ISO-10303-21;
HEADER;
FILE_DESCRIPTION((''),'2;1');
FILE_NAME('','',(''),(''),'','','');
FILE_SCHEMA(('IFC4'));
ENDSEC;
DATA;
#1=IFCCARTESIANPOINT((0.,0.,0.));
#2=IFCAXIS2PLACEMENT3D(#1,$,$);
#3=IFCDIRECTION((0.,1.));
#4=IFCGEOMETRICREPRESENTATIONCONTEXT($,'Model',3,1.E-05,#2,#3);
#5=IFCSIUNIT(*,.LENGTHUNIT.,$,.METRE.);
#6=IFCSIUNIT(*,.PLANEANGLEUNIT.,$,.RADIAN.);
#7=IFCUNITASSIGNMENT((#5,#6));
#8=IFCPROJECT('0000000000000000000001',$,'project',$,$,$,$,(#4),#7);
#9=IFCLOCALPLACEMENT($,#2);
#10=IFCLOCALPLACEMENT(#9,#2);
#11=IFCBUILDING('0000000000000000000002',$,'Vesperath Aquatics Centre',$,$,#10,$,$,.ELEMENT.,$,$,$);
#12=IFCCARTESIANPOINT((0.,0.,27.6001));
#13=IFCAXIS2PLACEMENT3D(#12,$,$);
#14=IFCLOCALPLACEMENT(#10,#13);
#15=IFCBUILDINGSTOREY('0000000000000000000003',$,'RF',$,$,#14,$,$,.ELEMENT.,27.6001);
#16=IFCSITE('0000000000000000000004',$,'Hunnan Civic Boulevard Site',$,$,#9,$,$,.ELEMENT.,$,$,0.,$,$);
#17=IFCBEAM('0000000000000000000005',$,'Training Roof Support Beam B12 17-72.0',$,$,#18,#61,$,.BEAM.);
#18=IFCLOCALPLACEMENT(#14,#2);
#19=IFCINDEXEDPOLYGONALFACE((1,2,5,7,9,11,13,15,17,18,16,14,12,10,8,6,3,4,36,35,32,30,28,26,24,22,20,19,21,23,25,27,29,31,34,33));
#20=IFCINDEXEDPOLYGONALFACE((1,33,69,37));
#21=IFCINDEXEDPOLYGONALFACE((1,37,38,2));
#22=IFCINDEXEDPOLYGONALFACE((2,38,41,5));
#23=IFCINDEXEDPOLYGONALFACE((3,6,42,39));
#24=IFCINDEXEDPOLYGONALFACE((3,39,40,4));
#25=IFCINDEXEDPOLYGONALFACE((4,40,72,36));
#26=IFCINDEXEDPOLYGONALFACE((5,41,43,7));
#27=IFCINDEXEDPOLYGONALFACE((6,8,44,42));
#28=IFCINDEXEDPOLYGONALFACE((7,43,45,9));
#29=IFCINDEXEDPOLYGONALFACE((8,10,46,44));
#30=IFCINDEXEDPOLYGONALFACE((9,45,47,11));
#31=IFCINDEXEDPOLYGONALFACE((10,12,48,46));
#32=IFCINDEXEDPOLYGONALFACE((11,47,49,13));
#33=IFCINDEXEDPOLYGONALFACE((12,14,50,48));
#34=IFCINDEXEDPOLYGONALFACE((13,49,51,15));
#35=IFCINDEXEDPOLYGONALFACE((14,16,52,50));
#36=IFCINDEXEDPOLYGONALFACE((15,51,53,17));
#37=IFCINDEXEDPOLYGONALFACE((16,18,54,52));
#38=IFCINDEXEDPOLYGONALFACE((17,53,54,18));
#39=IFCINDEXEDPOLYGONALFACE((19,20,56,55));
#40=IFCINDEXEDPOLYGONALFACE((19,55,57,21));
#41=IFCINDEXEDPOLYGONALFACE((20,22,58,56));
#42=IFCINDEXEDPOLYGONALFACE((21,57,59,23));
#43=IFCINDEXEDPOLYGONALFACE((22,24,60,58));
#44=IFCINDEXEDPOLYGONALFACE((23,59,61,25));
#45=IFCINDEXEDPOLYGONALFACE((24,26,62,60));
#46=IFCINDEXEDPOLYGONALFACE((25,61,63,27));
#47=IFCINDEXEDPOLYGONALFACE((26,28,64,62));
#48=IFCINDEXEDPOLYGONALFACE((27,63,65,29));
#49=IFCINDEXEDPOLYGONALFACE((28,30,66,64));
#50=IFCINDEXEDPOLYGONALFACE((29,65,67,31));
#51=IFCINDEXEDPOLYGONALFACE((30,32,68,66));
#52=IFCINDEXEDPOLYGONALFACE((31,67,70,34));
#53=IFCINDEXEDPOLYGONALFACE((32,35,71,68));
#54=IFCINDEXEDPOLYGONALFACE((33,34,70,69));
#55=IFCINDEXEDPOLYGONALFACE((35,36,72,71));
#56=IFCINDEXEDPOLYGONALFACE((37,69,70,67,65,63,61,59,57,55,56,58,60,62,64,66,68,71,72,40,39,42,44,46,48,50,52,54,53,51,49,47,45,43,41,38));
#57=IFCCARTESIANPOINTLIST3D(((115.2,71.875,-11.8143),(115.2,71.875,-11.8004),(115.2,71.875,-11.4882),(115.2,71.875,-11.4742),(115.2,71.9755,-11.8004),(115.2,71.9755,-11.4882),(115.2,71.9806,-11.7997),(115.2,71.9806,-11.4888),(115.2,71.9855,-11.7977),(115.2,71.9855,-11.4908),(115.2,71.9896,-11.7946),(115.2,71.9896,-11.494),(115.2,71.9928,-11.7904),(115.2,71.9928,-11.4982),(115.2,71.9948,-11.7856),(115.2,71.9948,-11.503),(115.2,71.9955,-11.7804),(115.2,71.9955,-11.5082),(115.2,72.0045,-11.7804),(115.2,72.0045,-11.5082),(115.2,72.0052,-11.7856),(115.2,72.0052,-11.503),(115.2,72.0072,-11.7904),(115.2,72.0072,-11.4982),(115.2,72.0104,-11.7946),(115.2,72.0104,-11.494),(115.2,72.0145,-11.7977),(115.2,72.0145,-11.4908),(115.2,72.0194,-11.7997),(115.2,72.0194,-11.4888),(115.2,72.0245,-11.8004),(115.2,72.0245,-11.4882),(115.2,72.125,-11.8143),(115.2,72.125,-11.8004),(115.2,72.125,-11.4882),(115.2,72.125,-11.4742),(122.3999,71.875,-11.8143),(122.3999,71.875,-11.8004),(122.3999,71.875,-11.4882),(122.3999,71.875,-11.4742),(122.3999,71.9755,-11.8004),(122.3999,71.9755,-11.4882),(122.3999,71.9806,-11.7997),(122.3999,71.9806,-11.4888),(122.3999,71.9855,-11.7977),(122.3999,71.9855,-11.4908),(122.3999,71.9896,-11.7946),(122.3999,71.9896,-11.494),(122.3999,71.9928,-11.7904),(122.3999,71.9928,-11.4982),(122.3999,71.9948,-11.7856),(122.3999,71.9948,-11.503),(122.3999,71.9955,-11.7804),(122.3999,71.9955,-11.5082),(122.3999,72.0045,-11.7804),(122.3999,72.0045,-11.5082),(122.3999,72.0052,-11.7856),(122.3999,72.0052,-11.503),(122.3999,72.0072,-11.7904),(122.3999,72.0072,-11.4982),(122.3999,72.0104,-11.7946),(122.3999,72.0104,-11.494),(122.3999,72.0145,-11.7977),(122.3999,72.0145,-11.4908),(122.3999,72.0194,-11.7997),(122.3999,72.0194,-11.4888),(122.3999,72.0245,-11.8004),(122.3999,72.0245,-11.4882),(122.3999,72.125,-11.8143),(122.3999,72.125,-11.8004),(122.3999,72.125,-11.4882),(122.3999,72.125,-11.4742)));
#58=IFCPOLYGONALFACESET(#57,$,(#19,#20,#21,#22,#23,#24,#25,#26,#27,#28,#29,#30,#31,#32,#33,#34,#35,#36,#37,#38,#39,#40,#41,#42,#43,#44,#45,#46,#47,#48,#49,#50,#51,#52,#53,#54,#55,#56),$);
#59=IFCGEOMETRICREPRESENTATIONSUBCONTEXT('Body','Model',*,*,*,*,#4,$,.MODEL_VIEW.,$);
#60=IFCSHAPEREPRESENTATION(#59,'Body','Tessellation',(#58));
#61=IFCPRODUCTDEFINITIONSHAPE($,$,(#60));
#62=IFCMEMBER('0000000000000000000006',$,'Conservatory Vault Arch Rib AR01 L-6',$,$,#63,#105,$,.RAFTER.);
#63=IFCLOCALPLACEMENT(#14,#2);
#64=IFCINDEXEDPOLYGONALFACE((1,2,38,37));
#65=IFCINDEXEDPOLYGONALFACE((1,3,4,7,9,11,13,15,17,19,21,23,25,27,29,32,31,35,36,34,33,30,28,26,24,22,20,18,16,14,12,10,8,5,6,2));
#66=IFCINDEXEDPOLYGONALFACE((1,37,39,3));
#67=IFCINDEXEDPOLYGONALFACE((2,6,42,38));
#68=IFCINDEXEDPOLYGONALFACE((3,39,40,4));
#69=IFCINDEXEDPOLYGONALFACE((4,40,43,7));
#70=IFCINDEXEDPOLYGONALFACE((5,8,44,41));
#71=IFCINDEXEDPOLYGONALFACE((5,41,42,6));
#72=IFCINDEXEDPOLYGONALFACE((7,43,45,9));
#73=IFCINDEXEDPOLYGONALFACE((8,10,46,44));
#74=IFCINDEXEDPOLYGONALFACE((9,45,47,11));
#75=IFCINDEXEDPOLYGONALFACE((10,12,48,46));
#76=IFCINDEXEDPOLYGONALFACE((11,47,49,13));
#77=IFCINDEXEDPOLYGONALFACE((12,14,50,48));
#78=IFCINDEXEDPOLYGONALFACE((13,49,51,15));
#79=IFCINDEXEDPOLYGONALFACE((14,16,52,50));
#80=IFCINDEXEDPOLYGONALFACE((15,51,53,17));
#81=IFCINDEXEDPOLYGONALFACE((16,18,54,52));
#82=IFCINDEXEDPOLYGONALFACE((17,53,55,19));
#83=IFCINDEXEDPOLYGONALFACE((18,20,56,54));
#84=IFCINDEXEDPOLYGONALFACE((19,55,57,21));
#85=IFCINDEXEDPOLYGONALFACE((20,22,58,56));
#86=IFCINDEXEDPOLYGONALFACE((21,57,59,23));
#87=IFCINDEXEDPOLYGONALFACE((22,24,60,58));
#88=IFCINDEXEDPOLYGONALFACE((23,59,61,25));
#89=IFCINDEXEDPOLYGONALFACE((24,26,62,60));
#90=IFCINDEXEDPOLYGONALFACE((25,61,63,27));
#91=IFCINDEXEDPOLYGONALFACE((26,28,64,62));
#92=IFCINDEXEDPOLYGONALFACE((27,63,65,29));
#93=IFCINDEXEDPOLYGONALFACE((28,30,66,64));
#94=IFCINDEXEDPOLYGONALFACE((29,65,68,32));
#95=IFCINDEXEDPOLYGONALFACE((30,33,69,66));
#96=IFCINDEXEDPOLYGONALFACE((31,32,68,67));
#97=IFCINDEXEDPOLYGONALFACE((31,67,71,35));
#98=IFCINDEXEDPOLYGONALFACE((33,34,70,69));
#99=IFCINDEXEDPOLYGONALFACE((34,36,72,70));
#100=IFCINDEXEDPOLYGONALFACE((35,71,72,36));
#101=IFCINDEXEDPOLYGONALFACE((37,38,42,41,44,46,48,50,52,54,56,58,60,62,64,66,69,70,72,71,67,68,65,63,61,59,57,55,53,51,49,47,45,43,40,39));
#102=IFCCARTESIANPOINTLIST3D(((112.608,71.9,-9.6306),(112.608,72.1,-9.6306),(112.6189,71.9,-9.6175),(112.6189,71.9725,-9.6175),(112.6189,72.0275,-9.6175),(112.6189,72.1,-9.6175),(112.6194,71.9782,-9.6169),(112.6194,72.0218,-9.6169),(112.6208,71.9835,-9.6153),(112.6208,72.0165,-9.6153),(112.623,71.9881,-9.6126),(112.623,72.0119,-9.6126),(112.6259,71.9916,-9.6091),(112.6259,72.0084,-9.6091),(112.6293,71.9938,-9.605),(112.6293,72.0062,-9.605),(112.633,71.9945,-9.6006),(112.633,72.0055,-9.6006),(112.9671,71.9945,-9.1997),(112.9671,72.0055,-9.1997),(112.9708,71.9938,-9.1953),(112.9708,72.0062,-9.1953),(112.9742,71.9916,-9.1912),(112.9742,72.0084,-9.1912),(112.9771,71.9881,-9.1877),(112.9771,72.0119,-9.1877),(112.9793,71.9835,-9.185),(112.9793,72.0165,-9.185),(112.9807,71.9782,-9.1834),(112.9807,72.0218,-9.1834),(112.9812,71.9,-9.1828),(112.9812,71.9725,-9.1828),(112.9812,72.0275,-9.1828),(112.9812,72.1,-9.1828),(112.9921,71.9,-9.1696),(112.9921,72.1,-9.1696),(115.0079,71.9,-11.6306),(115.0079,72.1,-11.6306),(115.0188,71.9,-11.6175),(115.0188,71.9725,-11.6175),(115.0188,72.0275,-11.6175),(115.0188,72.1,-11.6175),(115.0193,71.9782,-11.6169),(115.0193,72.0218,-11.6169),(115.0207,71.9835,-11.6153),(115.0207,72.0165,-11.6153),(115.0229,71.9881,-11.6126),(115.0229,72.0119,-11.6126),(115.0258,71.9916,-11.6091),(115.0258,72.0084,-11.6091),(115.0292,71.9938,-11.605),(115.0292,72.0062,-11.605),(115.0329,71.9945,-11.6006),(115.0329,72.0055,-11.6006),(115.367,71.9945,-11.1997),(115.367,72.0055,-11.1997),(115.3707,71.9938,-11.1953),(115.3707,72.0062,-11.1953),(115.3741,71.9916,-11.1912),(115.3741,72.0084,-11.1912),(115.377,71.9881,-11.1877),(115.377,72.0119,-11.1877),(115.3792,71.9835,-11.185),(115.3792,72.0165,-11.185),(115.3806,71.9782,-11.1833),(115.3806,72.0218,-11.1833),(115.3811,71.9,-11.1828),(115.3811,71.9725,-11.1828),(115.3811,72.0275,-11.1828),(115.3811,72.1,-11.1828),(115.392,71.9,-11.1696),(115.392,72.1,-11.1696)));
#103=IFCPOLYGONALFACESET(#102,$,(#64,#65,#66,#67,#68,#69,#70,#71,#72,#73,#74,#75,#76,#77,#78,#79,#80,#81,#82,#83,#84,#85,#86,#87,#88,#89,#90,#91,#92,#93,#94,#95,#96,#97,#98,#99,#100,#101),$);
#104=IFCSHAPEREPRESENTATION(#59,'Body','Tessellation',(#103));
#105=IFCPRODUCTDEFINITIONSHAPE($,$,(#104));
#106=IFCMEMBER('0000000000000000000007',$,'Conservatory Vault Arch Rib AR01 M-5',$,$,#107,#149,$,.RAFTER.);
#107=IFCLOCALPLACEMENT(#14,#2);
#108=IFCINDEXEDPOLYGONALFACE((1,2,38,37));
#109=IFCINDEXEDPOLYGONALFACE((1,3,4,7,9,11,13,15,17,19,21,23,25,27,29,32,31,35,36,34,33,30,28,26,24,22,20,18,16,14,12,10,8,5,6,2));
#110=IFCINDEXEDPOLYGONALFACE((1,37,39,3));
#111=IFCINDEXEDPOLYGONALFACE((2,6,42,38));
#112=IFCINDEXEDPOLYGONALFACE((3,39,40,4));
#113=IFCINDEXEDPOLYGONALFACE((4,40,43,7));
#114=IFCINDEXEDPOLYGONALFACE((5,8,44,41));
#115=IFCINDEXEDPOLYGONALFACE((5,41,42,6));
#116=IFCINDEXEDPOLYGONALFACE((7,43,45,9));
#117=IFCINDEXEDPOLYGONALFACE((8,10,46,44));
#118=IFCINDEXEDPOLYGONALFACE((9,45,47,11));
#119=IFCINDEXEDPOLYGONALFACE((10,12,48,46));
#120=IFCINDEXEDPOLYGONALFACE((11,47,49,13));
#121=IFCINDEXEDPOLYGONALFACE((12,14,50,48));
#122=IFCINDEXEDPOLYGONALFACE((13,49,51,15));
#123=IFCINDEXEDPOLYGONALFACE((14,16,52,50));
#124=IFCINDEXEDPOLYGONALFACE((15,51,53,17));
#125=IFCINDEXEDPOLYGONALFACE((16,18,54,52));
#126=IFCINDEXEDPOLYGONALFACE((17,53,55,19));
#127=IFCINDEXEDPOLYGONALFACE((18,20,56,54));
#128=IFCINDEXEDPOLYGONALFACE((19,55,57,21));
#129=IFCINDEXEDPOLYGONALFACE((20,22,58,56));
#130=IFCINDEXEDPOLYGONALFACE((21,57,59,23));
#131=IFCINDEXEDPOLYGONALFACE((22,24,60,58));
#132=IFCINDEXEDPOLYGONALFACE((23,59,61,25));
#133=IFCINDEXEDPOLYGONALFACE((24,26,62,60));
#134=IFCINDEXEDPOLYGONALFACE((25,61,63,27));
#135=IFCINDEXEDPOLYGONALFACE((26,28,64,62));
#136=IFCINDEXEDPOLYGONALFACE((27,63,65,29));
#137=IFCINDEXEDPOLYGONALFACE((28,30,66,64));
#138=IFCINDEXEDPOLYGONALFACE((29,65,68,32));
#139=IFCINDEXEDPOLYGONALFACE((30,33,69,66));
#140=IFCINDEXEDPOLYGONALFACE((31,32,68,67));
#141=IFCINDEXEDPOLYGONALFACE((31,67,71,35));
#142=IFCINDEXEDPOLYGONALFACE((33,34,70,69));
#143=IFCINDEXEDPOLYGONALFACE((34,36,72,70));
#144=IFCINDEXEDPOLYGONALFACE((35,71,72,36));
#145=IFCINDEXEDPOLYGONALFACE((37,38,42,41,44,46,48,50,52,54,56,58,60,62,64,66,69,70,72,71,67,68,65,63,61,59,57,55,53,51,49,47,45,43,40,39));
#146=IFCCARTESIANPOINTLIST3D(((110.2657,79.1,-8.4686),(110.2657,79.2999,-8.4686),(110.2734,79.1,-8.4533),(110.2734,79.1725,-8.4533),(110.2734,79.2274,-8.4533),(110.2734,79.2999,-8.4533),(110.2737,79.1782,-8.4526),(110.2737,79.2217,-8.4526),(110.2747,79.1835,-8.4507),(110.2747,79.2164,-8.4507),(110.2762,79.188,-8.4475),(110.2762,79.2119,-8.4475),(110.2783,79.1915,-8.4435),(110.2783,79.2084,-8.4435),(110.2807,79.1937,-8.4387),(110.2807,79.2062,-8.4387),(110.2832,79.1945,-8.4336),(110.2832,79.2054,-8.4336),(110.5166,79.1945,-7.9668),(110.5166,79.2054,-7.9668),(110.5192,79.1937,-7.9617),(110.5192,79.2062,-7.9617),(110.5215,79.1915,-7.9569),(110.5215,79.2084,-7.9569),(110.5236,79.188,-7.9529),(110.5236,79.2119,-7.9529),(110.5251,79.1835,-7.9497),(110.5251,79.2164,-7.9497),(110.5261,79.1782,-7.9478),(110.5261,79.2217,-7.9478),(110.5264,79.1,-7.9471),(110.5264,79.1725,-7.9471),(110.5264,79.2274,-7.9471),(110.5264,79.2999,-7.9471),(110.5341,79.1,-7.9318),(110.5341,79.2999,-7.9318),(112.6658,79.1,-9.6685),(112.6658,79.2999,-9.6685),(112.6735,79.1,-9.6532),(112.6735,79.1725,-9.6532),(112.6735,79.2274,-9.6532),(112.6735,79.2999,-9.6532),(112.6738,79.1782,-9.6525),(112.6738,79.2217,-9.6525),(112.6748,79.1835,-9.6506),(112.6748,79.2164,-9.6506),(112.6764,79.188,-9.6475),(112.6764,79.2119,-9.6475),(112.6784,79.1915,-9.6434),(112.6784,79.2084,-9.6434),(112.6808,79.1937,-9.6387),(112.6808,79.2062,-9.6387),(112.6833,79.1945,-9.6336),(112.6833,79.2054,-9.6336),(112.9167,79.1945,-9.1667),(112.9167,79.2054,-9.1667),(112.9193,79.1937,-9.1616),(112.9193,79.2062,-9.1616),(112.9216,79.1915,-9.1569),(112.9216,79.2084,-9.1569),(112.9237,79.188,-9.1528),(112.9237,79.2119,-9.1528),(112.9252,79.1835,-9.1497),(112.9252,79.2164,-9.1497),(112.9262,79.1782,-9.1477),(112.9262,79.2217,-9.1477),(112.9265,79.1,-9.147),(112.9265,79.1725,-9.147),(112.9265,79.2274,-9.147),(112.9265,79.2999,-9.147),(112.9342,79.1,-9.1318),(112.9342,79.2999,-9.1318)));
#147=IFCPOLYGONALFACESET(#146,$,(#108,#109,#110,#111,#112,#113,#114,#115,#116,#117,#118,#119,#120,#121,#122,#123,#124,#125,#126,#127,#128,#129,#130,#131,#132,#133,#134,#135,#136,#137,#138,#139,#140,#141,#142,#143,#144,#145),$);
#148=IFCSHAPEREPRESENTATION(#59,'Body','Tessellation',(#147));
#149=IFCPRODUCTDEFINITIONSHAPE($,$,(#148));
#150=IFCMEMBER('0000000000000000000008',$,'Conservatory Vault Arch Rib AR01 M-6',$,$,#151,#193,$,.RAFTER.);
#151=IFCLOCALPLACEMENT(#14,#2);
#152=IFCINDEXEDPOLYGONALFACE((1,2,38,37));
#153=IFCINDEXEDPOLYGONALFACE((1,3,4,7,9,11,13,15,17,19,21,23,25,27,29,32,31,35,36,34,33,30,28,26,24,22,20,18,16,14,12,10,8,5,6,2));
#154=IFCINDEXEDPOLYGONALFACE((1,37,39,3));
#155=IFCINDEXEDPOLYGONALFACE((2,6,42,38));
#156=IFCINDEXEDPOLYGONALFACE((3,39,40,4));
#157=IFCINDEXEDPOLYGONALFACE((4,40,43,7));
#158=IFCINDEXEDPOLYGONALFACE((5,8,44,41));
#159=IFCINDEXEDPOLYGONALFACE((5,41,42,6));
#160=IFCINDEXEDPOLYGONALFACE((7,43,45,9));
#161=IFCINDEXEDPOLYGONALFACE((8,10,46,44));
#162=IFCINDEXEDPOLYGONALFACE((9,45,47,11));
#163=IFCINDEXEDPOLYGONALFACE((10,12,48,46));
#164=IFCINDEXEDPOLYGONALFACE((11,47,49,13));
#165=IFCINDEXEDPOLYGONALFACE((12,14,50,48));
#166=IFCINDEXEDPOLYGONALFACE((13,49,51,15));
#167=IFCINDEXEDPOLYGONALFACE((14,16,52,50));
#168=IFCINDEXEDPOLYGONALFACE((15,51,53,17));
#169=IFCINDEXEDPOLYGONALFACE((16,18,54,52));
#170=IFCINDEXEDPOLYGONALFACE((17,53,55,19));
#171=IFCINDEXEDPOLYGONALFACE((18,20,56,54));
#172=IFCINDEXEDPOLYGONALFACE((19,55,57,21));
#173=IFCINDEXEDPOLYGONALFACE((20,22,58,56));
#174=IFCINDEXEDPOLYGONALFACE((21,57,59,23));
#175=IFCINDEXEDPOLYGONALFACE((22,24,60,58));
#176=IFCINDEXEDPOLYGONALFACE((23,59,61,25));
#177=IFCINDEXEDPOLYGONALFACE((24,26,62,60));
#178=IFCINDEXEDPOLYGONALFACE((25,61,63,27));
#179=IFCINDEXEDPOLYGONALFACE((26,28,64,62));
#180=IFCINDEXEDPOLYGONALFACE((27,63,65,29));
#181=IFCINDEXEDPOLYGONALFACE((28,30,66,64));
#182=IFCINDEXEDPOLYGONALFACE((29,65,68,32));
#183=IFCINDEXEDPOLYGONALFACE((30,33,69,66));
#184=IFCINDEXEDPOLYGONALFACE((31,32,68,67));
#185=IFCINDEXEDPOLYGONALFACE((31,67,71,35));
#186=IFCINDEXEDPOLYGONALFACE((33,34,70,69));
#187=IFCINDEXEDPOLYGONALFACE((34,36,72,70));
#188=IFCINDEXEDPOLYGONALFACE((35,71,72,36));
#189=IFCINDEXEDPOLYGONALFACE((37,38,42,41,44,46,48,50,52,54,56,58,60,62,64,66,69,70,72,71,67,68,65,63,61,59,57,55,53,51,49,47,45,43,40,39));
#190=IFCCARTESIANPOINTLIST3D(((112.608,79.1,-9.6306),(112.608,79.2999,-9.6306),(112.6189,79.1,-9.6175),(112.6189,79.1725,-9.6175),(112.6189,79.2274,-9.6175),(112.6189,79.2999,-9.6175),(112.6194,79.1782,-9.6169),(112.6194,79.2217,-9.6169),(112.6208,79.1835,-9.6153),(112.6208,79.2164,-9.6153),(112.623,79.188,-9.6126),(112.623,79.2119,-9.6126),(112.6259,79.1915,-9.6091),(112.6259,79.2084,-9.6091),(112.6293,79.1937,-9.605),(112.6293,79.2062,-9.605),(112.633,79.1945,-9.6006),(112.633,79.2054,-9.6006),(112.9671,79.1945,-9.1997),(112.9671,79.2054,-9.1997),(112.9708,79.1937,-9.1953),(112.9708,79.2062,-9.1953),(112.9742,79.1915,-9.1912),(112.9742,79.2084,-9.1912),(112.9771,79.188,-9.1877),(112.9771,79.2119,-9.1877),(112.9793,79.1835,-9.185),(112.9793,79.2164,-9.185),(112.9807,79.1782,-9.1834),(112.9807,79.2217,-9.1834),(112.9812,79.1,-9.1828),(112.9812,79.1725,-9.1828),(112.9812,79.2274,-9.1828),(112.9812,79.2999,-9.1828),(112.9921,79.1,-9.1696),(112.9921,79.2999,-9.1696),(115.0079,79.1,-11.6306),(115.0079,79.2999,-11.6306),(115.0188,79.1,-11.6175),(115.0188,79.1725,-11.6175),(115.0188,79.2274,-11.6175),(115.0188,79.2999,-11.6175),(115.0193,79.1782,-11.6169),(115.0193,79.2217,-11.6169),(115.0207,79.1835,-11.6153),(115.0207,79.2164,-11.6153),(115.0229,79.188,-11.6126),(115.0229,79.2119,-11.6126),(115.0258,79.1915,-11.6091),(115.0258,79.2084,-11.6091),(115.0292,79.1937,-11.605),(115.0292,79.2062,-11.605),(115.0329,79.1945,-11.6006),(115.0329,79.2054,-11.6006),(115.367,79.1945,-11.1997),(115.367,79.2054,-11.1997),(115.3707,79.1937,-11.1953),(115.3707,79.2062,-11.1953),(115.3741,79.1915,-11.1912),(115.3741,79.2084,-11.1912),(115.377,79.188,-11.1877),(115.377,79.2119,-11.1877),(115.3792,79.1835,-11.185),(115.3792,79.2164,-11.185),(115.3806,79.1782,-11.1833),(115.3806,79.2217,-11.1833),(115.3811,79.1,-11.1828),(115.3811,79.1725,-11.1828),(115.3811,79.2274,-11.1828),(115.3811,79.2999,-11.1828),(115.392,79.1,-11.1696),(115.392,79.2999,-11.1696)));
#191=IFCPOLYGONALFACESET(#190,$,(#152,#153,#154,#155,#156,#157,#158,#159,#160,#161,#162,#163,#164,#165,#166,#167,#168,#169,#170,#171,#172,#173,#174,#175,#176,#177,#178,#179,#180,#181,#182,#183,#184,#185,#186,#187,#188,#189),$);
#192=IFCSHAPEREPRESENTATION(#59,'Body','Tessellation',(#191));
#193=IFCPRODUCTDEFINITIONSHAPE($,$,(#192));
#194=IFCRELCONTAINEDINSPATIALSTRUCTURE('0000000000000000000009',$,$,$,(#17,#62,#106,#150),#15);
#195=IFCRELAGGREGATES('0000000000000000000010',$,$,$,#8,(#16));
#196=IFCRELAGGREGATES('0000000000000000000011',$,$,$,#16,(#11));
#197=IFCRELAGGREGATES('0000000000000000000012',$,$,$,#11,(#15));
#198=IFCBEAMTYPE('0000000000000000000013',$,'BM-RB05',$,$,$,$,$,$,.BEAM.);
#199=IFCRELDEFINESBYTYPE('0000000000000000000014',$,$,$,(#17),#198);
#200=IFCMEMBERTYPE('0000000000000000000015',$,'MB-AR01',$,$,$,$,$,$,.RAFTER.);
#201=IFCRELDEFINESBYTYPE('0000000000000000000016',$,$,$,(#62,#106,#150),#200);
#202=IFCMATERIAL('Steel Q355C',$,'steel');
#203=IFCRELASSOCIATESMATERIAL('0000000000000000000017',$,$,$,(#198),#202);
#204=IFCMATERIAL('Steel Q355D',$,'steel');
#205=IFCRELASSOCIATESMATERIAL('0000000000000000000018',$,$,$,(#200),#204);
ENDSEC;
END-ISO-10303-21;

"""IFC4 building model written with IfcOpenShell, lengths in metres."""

from ifc_helpers import new_model, si_unit, direction, frame, origin, origin_2d, place, context, subcontext, project, spatial, i_section, extrude, material, material_profile, profile_set, type_object, element, save


model = new_model("IFC4")

# Units and contexts
model_context = context("Model", 3, precision=1e-05, world=origin(), true_north=direction((0.0, 1.0)))
body_context = subcontext(model_context, "Body", "Model", "MODEL_VIEW")
ifc_project = project(units=[si_unit("LENGTHUNIT", "METRE"), si_unit("PLANEANGLEUNIT", "RADIAN")], contexts=[model_context])

# Site, building, storey
site_placement = place(None, origin())
site = spatial("IfcSite", under=ifc_project, at=site_placement, Name="Hunnan Civic Boulevard Site", CompositionType="ELEMENT", RefElevation=0.0)
building_placement = place(site_placement, origin())
building = spatial("IfcBuilding", under=site, at=building_placement, Name="Vesperath Aquatics Centre", CompositionType="ELEMENT")
storey_placement = place(building_placement, frame((0.0, 0.0, 27.6001)))
storey = spatial("IfcBuildingStorey", under=building, at=storey_placement, Name="RF", CompositionType="ELEMENT", Elevation=27.6001)

# Beam
ifc_material_1 = material(Name="Steel Q355C", Category="steel")
ifc_material_profile_1 = material_profile(ifc_material_1, i_section(OverallWidth=0.25, OverallDepth=0.3401, WebThickness=0.009, FlangeThickness=0.0139, FilletRadius=0.02, at=origin_2d()), Name="HM 340x250x9x14")
ifc_profile_set_1 = profile_set([ifc_material_profile_1], Name="Steel Q355C")
beam_type = type_object("IfcBeamType", Name="BM-RB05", PredefinedType="BEAM", material=ifc_profile_set_1)
beam_placement = place(storey_placement, frame((115.2, 72.0, -11.6443), z_axis=(1.0, 0.0, 0.0), x_axis=(0.0, 1.0, 0.0)))
element("IfcBeam", 1, at=beam_placement, inside=storey, type_object=beam_type, Name="Training Roof Support Beam B12 17-72.0", PredefinedType="BEAM", context=body_context, shape_type="SweptSolid", body=[
    extrude(i_section(OverallWidth=0.25, OverallDepth=0.3401, WebThickness=0.009, FlangeThickness=0.0139, FilletRadius=0.02, at=origin_2d()), origin(), (0.0, 0.0, 1.0), 7.2),
])

# Members
ifc_material_2 = material(Name="Steel Q355D", Category="steel")
ifc_material_profile_2 = material_profile(ifc_material_2, i_section(OverallWidth=0.2, OverallDepth=0.6001, WebThickness=0.011, FlangeThickness=0.0171, FilletRadius=0.022, at=origin_2d()), Name="HN 600x200x11x17")
ifc_profile_set_2 = profile_set([ifc_material_profile_2], Name="Steel Q355D")
member_type_1 = type_object("IfcMemberType", Name="MB-AR01", PredefinedType="RAFTER", material=ifc_profile_set_2)
member_1_placement = place(storey_placement, frame((112.8, 72.0, -9.4001), z_axis=(0.768208, 0.0, -0.6402), x_axis=(0.0, 1.0, 0.0)))
element("IfcMember", 2, at=member_1_placement, inside=storey, type_object=member_type_1, Name="Conservatory Vault Arch Rib AR01 L-6", PredefinedType="RAFTER", context=body_context, shape_type="SweptSolid", body=[
    extrude(i_section(OverallWidth=0.2, OverallDepth=0.6001, WebThickness=0.011, FlangeThickness=0.0171, FilletRadius=0.022, at=origin_2d()), origin(), (0.0, 0.0, 1.0), 3.124),
])
member_2_placement = place(storey_placement, frame((110.3999, 79.2, -8.2002), z_axis=(0.894445, 0.0, -0.447177), x_axis=(0.0, 1.0, 0.0)))
element("IfcMember", 3, at=member_2_placement, inside=storey, type_object=member_type_1, Name="Conservatory Vault Arch Rib AR01 M-5", PredefinedType="RAFTER", context=body_context, shape_type="SweptSolid", body=[
    extrude(i_section(OverallWidth=0.2, OverallDepth=0.6001, WebThickness=0.011, FlangeThickness=0.0171, FilletRadius=0.022, at=origin_2d()), origin(), (0.0, 0.0, 1.0), 2.6833),
])
member_3_placement = place(storey_placement, frame((112.8, 79.2, -9.4001), z_axis=(0.768208, 0.0, -0.6402), x_axis=(0.0, 1.0, 0.0)))
element("IfcMember", 4, at=member_3_placement, inside=storey, type_object=member_type_1, Name="Conservatory Vault Arch Rib AR01 M-6", PredefinedType="RAFTER", context=body_context, shape_type="SweptSolid", body=[
    extrude(i_section(OverallWidth=0.2, OverallDepth=0.6001, WebThickness=0.011, FlangeThickness=0.0171, FilletRadius=0.022, at=origin_2d()), origin(), (0.0, 0.0, 1.0), 3.124),
])

save(model, "model.ifc")
